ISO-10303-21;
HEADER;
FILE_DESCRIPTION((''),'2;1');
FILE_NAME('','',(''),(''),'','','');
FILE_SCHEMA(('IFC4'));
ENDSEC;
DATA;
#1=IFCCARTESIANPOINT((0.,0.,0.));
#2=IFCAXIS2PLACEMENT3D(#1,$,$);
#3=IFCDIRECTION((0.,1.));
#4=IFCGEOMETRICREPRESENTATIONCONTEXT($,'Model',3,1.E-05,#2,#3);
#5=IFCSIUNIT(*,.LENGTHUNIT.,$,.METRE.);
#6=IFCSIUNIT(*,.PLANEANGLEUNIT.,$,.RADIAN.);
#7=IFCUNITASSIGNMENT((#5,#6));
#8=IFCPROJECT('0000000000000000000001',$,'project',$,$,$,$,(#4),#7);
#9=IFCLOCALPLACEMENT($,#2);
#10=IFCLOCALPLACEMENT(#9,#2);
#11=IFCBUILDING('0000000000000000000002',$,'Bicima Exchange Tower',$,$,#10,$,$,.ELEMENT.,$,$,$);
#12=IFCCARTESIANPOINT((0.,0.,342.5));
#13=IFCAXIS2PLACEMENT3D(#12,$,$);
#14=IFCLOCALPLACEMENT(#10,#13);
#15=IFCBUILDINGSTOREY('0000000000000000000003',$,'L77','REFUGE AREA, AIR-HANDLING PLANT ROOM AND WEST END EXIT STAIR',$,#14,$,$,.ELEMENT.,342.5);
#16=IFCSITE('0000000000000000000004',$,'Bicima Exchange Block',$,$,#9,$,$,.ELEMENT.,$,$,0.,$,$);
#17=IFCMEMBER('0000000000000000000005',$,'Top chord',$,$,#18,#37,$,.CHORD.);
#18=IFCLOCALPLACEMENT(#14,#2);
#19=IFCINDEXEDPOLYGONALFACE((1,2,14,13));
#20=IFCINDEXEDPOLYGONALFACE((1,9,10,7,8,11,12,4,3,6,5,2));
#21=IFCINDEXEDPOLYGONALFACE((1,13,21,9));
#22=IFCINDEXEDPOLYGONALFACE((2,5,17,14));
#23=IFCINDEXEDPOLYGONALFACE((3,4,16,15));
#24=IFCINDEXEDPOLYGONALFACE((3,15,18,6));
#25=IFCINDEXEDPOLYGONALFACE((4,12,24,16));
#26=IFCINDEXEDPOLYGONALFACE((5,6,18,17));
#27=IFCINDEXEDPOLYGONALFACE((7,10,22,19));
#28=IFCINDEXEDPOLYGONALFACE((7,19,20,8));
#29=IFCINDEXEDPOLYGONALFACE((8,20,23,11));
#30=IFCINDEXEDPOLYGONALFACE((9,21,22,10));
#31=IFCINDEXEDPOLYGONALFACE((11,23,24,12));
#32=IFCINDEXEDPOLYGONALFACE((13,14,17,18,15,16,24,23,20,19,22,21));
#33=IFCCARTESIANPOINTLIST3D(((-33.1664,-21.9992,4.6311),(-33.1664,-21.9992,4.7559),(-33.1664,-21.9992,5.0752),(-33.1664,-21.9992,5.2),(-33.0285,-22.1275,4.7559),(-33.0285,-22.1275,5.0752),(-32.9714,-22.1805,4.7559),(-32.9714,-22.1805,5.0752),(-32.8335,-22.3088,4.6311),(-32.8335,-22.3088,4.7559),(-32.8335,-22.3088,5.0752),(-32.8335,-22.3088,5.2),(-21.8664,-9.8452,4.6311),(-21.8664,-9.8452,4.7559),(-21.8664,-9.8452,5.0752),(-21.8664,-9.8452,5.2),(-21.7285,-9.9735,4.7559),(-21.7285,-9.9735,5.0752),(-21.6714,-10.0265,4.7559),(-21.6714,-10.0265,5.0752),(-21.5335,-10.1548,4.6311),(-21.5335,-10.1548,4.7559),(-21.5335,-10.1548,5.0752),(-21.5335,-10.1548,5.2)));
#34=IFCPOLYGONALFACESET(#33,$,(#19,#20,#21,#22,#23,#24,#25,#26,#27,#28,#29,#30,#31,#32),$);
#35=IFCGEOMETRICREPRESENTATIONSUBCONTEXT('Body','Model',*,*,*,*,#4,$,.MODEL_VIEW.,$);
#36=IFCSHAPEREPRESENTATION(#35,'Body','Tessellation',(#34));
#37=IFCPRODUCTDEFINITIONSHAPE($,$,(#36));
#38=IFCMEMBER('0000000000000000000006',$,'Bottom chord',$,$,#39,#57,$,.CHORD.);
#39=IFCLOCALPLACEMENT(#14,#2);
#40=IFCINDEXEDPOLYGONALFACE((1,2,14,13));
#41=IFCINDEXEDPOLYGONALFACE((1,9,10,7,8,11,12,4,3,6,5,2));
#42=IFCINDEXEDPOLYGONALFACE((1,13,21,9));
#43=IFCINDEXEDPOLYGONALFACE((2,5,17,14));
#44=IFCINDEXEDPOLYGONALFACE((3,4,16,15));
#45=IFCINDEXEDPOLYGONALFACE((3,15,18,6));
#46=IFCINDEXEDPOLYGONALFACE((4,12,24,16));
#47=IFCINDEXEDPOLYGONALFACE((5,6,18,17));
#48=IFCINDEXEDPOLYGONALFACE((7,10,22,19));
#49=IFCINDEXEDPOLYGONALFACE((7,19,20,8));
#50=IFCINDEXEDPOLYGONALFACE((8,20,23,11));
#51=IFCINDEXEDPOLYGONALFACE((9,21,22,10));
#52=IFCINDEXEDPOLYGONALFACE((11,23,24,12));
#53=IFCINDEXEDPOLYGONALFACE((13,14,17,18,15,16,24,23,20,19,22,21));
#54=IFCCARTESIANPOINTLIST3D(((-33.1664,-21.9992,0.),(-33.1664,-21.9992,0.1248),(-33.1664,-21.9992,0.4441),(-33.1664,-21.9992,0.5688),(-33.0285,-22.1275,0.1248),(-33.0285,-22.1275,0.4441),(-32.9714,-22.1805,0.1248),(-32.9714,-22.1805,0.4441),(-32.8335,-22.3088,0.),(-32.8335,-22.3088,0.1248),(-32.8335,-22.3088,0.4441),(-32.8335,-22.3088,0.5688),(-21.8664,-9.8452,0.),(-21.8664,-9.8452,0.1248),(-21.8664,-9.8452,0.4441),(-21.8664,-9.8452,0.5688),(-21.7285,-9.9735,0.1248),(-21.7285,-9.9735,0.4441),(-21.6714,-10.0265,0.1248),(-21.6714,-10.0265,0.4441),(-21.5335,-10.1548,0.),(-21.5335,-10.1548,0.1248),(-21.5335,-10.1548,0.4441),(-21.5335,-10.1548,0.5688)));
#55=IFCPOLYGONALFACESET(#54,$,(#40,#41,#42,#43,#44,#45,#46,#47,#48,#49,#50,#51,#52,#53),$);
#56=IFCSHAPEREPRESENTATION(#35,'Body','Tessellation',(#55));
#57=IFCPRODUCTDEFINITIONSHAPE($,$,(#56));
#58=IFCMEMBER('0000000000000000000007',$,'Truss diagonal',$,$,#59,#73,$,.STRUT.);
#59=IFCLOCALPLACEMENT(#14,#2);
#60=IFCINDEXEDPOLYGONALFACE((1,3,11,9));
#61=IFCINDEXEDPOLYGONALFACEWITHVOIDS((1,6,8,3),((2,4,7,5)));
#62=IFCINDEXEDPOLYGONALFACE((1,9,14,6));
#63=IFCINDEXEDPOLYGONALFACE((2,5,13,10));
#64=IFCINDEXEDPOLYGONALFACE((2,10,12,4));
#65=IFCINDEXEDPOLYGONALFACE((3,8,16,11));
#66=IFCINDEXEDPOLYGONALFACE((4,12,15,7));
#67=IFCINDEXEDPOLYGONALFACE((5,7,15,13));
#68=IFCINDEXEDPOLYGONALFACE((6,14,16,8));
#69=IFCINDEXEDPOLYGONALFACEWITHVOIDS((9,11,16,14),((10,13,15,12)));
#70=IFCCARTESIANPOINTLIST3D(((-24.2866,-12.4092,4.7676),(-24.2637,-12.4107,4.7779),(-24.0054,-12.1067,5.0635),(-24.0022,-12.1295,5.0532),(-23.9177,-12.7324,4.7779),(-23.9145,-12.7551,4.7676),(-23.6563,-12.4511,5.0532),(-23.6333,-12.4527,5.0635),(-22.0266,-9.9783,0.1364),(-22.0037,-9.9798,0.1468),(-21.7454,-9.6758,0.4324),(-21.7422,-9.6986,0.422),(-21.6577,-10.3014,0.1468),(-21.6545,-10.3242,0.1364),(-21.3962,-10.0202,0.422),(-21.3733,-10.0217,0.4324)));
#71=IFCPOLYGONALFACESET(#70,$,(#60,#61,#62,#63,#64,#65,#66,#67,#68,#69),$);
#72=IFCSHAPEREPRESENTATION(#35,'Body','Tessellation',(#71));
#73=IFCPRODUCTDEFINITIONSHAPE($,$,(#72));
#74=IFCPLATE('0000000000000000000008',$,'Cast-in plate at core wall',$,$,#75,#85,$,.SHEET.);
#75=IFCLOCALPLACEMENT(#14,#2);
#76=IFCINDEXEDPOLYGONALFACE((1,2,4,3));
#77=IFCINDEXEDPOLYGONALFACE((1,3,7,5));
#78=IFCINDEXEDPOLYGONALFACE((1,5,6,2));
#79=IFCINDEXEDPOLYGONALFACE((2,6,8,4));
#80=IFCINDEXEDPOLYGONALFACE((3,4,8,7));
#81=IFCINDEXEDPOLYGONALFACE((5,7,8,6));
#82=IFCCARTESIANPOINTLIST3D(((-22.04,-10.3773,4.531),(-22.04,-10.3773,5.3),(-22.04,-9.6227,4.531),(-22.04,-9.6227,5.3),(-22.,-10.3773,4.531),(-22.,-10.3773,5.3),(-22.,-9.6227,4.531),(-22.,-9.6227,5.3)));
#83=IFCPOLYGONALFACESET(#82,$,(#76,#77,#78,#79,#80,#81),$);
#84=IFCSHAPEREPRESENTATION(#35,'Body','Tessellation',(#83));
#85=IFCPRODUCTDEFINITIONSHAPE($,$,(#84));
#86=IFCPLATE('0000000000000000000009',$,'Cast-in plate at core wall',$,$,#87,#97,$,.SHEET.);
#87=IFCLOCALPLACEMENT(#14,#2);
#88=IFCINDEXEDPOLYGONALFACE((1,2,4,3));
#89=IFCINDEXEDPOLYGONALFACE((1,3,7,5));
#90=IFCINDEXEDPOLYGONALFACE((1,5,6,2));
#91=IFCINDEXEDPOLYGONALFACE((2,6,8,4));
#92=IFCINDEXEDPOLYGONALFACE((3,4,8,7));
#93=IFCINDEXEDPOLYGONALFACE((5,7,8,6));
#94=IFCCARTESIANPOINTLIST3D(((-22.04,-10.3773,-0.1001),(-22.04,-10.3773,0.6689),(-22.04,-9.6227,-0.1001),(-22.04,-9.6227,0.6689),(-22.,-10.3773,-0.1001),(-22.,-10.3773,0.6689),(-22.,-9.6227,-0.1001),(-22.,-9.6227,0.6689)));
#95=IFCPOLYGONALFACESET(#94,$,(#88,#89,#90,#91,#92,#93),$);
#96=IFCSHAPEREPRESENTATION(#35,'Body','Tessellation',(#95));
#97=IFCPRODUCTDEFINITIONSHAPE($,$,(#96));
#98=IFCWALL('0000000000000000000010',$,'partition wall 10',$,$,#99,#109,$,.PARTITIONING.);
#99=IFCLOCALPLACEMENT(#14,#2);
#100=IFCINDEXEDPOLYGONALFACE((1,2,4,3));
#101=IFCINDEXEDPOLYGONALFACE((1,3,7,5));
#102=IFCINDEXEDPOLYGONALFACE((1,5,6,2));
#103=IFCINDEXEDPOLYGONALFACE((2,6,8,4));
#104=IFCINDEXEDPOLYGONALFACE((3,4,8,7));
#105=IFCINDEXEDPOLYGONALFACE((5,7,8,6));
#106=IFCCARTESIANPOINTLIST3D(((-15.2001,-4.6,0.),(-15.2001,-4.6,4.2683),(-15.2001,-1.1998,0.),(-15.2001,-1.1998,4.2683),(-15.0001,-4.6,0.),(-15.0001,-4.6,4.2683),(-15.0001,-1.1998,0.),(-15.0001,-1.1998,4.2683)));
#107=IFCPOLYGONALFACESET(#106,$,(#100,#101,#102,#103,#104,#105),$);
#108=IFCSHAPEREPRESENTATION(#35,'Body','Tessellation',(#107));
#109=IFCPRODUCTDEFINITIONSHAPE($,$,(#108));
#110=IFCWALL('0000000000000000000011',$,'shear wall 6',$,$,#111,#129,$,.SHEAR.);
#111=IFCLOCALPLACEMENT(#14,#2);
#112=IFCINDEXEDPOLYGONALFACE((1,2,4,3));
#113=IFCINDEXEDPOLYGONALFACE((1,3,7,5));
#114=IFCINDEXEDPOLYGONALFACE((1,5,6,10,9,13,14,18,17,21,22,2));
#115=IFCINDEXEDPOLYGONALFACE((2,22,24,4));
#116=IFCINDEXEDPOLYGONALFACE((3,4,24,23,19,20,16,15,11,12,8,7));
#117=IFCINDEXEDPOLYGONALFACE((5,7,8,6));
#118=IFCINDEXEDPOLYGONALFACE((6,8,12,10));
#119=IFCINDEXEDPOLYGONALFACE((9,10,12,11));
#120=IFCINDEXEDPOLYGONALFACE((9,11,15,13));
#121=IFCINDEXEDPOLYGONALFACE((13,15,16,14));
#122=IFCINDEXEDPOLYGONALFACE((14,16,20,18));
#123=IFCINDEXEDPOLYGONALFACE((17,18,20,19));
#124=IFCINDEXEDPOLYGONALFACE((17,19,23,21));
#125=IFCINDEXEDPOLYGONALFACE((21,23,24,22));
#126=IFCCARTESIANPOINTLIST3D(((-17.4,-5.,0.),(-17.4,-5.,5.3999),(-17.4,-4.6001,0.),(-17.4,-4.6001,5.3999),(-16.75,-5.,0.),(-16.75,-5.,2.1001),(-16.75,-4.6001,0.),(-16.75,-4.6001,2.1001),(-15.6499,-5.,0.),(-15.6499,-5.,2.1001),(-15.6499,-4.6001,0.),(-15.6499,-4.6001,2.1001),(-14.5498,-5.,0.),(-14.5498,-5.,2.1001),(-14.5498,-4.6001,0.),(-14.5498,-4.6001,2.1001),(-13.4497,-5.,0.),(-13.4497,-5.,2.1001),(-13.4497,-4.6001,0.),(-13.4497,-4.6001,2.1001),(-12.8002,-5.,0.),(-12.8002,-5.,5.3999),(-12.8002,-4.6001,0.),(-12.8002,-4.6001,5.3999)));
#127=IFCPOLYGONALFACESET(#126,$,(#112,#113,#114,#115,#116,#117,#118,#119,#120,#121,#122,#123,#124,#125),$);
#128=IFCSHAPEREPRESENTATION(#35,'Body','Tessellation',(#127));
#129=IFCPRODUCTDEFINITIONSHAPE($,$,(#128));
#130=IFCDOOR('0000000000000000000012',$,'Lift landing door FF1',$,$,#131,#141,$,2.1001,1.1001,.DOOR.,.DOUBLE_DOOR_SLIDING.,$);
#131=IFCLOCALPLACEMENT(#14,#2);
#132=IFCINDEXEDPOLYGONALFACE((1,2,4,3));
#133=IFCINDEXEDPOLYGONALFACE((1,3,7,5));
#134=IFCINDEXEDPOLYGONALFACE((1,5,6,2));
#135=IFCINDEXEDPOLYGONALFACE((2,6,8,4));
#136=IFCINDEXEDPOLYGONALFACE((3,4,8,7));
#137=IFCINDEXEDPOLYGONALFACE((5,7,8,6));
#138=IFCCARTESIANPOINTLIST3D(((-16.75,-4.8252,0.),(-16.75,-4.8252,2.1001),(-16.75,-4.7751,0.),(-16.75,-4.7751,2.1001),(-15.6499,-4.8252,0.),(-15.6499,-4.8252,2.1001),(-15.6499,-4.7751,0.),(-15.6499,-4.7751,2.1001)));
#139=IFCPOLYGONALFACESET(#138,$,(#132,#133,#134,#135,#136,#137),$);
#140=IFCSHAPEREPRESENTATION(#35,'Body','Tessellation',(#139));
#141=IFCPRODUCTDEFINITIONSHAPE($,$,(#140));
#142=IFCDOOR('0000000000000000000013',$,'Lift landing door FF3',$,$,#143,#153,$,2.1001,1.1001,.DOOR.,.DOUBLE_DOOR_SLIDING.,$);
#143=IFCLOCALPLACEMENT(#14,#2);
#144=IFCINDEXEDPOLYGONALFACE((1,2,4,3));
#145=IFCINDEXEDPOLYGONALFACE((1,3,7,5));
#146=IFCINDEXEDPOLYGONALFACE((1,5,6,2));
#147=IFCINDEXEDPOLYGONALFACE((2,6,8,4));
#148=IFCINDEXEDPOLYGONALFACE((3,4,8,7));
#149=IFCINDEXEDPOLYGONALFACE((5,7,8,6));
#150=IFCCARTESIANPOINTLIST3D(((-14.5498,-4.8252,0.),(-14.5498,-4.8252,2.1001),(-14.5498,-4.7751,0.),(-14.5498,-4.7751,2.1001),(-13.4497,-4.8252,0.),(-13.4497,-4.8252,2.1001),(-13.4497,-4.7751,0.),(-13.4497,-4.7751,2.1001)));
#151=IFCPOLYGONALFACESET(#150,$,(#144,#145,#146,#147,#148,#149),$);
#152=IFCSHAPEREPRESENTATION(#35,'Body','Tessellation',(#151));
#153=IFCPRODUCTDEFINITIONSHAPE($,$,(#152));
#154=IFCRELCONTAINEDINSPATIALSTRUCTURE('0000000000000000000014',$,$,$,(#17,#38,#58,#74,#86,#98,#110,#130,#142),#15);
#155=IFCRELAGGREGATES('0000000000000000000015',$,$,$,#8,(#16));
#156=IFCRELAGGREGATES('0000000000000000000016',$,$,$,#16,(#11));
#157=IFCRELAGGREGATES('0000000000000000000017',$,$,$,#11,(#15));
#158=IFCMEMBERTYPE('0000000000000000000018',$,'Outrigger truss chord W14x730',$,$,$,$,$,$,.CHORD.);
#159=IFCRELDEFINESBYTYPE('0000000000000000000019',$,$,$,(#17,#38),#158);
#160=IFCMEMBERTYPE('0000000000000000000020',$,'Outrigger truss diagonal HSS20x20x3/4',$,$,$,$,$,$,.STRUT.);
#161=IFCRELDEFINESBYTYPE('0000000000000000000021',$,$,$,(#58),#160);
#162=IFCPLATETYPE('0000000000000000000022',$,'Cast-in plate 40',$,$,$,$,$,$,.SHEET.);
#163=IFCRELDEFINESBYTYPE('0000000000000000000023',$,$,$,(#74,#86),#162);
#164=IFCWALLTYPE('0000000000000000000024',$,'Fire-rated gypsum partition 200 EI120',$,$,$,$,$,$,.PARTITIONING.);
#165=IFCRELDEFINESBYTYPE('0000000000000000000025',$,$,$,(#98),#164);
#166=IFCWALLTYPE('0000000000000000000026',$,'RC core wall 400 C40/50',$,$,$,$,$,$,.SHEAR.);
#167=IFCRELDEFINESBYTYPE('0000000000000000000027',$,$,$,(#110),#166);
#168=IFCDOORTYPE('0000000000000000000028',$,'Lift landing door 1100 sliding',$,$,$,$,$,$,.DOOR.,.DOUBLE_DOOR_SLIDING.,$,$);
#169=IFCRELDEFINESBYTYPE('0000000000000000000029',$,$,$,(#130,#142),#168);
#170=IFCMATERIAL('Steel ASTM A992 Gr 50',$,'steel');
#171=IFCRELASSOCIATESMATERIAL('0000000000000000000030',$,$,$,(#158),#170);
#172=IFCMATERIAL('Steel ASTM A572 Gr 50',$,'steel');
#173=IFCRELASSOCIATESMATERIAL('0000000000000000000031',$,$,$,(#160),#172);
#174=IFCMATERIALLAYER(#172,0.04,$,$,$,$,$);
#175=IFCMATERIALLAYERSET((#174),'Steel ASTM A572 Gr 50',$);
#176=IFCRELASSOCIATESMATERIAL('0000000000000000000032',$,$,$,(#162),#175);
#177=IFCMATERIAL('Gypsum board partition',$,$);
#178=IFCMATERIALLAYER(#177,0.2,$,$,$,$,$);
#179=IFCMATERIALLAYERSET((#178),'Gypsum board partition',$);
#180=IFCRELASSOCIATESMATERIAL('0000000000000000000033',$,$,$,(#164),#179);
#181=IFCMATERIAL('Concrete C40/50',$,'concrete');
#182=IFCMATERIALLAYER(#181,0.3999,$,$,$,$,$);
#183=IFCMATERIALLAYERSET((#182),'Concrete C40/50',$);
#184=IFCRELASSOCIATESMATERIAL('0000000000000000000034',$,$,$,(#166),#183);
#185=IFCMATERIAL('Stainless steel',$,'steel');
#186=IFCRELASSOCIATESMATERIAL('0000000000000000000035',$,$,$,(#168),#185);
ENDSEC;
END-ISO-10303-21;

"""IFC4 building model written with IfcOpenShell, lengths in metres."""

from ifc_helpers import new_model, si_unit, direction, frame, frame_2d, origin, origin_2d, place, context, subcontext, project, spatial, rectangle, hollow_rectangle, i_section, extrude, material, layer, layer_set, material_profile, profile_set, type_object, element, fill, save


model = new_model("IFC4")

# Units and contexts
model_context = context("Model", 3, precision=1e-05, world=origin(), true_north=direction((0.0, 1.0)))
body_context = subcontext(model_context, "Body", "Model", "MODEL_VIEW")
ifc_project = project(units=[si_unit("LENGTHUNIT", "METRE"), si_unit("PLANEANGLEUNIT", "RADIAN")], contexts=[model_context])

# Site, building, storey
site_placement = place(None, origin())
site = spatial("IfcSite", under=ifc_project, at=site_placement, Name="Bicima Exchange Block", CompositionType="ELEMENT", RefElevation=0.0)
building_placement = place(site_placement, origin())
building = spatial("IfcBuilding", under=site, at=building_placement, Name="Bicima Exchange Tower", CompositionType="ELEMENT")
storey_placement = place(building_placement, frame((0.0, 0.0, 342.5)))
storey = spatial("IfcBuildingStorey", under=building, at=storey_placement, Name="L77", Description="REFUGE AREA, AIR-HANDLING PLANT ROOM AND WEST END EXIT STAIR", CompositionType="ELEMENT", Elevation=342.5)

# Members
ifc_material_1 = material(Name="Steel ASTM A992 Gr 50", Category="steel")
ifc_material_profile_1 = material_profile(ifc_material_1, i_section(OverallWidth=0.4546, OverallDepth=0.5688, WebThickness=0.0779, FlangeThickness=0.1248, at=origin_2d()))
ifc_profile_set_1 = profile_set([ifc_material_profile_1], Name="Steel ASTM A992 Gr 50")
member_type_1 = type_object("IfcMemberType", Name="Outrigger truss chord W14x730", PredefinedType="CHORD", material=ifc_profile_set_1)
for number, where, z_axis, x_axis, name in (
    (1, (-21.7, -10.0, 4.9155), (-0.680909, -0.732368, 0.0), (0.732368, -0.680909, 0.0), "Top chord"),
    (2, (-21.7, -10.0, 0.2844), (-0.680909, -0.732368, 0.0), (0.732368, -0.680909, 0.0), "Bottom chord"),
):
    element("IfcMember", number, at=place(storey_placement, frame(where, z_axis=z_axis, x_axis=x_axis)), inside=storey, type_object=member_type_1, Name=name, PredefinedType="CHORD", context=body_context, shape_type="SweptSolid", body=[
        extrude(i_section(OverallWidth=0.4546, OverallDepth=0.5688, WebThickness=0.0779, FlangeThickness=0.1248, at=origin_2d()), origin(), (0.0, 0.0, 1.0), 16.5955),
    ])
ifc_material_2 = material(Name="Steel ASTM A572 Gr 50", Category="steel")
ifc_material_profile_2 = material_profile(ifc_material_2, hollow_rectangle(XDim=0.5081, YDim=0.5081, WallThickness=0.0178, at=origin_2d()))
ifc_profile_set_2 = profile_set([ifc_material_profile_2], Name="Steel ASTM A572 Gr 50")
member_type_2 = type_object("IfcMemberType", Name="Outrigger truss diagonal HSS20x20x3/4", PredefinedType="STRUT", material=ifc_profile_set_2)
member_placement = place(storey_placement, frame((-21.7, -10.0, 0.2844), z_axis=(-0.396651, -0.426645, 0.812799), x_axis=(0.732382, -0.680894, 0.0)))
element("IfcMember", 3, at=member_placement, inside=storey, type_object=member_type_2, Name="Truss diagonal", PredefinedType="STRUT", context=body_context, shape_type="SweptSolid", body=[
    extrude(hollow_rectangle(XDim=0.5081, YDim=0.5081, WallThickness=0.0178, at=origin_2d()), origin(), (0.0, 0.0, 1.0), 5.6978),
])

# Plates
ifc_layer_1 = layer(ifc_material_2, 0.04)
ifc_layer_set_1 = layer_set([ifc_layer_1], Name="Steel ASTM A572 Gr 50")
plate_type = type_object("IfcPlateType", Name="Cast-in plate 40", PredefinedType="SHEET", material=ifc_layer_set_1)
for number, where, z_axis, x_axis, name in (
    (4, (-22.02, -10.0, 4.531), (0.0, 0.0, 1.0), (1.0, 0.0, 0.0), "Cast-in plate at core wall"),
    (5, (-22.02, -10.0, -0.1001), (0.0, 0.0, 1.0), (1.0, 0.0, 0.0), "Cast-in plate at core wall"),
):
    element("IfcPlate", number, at=place(storey_placement, frame(where, z_axis=z_axis, x_axis=x_axis)), inside=storey, type_object=plate_type, Name=name, PredefinedType="SHEET", context=body_context, shape_type="SweptSolid", body=[
        extrude(rectangle(XDim=0.04, YDim=0.7546, at=origin_2d()), origin(), (0.0, 0.0, 1.0), 0.769),
    ])

# Wall
ifc_material_3 = material(Name="Gypsum board partition")
ifc_layer_2 = layer(ifc_material_3, 0.2)
ifc_layer_set_2 = layer_set([ifc_layer_2], Name="Gypsum board partition")
wall_type_1 = type_object("IfcWallType", Name="Fire-rated gypsum partition 200 EI120", PredefinedType="PARTITIONING", material=ifc_layer_set_2)
wall_1_placement = place(storey_placement, frame((-15.1001, -4.6001, 0.0), z_axis=(0.0, 0.0, 1.0), x_axis=(0.0, 1.0, 0.0)))
element("IfcWall", 6, at=wall_1_placement, inside=storey, type_object=wall_type_1, Name="partition wall 10", PredefinedType="PARTITIONING", context=body_context, shape_type="SweptSolid", body=[
    extrude(rectangle(XDim=3.4001, YDim=0.2, at=frame_2d((1.7002, 0.0))), origin(), (0.0, 0.0, 1.0), 4.2683),
])

# Wall, openings, doors
ifc_material_4 = material(Name="Concrete C40/50", Category="concrete")
ifc_layer_3 = layer(ifc_material_4, 0.3999)
ifc_layer_set_3 = layer_set([ifc_layer_3], Name="Concrete C40/50")
wall_type_2 = type_object("IfcWallType", Name="RC core wall 400 C40/50", PredefinedType="SHEAR", material=ifc_layer_set_3)
wall_2_placement = place(storey_placement, frame((-17.3999, -4.8, 0.0), z_axis=(0.0, 0.0, 1.0), x_axis=(1.0, 0.0, 0.0)))
wall_2 = element("IfcWall", 7, at=wall_2_placement, inside=storey, type_object=wall_type_2, Name="shear wall 6", PredefinedType="SHEAR", context=body_context, shape_type="SweptSolid", body=[
    extrude(rectangle(XDim=4.5999, YDim=0.3999, at=frame_2d((2.2998, 0.0))), origin(), (0.0, 0.0, 1.0), 5.3999),
])
opening_1_placement = place(wall_2_placement, frame((0.6499, 0.0, 0.0)))
opening_1 = element("IfcOpeningElement", 8, at=opening_1_placement, cuts=wall_2, PredefinedType="OPENING", context=body_context, shape_type="SweptSolid", body=[
    extrude(rectangle(XDim=1.1001, YDim=2.1001, at=frame_2d((0.55, 1.05))), frame((0.0, 0.2119, 0.0), z_axis=(0.0, -1.0, 0.0), x_axis=(1.0, 0.0, 0.0)), (0.0, 0.0, 1.0), 0.4238),
])
opening_2_placement = place(wall_2_placement, frame((2.8501, 0.0, 0.0)))
opening_2 = element("IfcOpeningElement", 9, at=opening_2_placement, cuts=wall_2, PredefinedType="OPENING", context=body_context, shape_type="SweptSolid", body=[
    extrude(rectangle(XDim=1.1001, YDim=2.1001, at=frame_2d((0.55, 1.05))), frame((0.0, 0.2119, 0.0), z_axis=(0.0, -1.0, 0.0), x_axis=(1.0, 0.0, 0.0)), (0.0, 0.0, 1.0), 0.4238),
])
ifc_material_5 = material(Name="Stainless steel", Category="steel")
door_type_1 = type_object("IfcDoorType", Name="Lift landing door 1100 sliding", OperationType="DOUBLE_DOOR_SLIDING", PredefinedType="DOOR", material=ifc_material_5)
door_1_placement = place(opening_1_placement, origin())
door_1 = element("IfcDoor", 10, at=door_1_placement, inside=storey, type_object=door_type_1, Name="Lift landing door FF1", OperationType="DOUBLE_DOOR_SLIDING", OverallHeight=2.1001, OverallWidth=1.1001, PredefinedType="DOOR", context=body_context, shape_type="SweptSolid", body=[
    extrude(rectangle(XDim=1.1001, YDim=2.1001, at=frame_2d((0.55, 1.05))), frame((0.0, 0.0249, 0.0), z_axis=(0.0, -1.0, 0.0), x_axis=(1.0, 0.0, 0.0)), (0.0, 0.0, 1.0), 0.05),
])
fill(opening_1, door_1)
door_2_placement = place(opening_2_placement, origin())
door_2 = element("IfcDoor", 11, at=door_2_placement, inside=storey, type_object=door_type_1, Name="Lift landing door FF3", OperationType="DOUBLE_DOOR_SLIDING", OverallHeight=2.1001, OverallWidth=1.1001, PredefinedType="DOOR", context=body_context, shape_type="SweptSolid", body=[
    extrude(rectangle(XDim=1.1001, YDim=2.1001, at=frame_2d((0.55, 1.05))), frame((0.0, 0.0249, 0.0), z_axis=(0.0, -1.0, 0.0), x_axis=(1.0, 0.0, 0.0)), (0.0, 0.0, 1.0), 0.05),
])
fill(opening_2, door_2)

save(model, "model.ifc")
